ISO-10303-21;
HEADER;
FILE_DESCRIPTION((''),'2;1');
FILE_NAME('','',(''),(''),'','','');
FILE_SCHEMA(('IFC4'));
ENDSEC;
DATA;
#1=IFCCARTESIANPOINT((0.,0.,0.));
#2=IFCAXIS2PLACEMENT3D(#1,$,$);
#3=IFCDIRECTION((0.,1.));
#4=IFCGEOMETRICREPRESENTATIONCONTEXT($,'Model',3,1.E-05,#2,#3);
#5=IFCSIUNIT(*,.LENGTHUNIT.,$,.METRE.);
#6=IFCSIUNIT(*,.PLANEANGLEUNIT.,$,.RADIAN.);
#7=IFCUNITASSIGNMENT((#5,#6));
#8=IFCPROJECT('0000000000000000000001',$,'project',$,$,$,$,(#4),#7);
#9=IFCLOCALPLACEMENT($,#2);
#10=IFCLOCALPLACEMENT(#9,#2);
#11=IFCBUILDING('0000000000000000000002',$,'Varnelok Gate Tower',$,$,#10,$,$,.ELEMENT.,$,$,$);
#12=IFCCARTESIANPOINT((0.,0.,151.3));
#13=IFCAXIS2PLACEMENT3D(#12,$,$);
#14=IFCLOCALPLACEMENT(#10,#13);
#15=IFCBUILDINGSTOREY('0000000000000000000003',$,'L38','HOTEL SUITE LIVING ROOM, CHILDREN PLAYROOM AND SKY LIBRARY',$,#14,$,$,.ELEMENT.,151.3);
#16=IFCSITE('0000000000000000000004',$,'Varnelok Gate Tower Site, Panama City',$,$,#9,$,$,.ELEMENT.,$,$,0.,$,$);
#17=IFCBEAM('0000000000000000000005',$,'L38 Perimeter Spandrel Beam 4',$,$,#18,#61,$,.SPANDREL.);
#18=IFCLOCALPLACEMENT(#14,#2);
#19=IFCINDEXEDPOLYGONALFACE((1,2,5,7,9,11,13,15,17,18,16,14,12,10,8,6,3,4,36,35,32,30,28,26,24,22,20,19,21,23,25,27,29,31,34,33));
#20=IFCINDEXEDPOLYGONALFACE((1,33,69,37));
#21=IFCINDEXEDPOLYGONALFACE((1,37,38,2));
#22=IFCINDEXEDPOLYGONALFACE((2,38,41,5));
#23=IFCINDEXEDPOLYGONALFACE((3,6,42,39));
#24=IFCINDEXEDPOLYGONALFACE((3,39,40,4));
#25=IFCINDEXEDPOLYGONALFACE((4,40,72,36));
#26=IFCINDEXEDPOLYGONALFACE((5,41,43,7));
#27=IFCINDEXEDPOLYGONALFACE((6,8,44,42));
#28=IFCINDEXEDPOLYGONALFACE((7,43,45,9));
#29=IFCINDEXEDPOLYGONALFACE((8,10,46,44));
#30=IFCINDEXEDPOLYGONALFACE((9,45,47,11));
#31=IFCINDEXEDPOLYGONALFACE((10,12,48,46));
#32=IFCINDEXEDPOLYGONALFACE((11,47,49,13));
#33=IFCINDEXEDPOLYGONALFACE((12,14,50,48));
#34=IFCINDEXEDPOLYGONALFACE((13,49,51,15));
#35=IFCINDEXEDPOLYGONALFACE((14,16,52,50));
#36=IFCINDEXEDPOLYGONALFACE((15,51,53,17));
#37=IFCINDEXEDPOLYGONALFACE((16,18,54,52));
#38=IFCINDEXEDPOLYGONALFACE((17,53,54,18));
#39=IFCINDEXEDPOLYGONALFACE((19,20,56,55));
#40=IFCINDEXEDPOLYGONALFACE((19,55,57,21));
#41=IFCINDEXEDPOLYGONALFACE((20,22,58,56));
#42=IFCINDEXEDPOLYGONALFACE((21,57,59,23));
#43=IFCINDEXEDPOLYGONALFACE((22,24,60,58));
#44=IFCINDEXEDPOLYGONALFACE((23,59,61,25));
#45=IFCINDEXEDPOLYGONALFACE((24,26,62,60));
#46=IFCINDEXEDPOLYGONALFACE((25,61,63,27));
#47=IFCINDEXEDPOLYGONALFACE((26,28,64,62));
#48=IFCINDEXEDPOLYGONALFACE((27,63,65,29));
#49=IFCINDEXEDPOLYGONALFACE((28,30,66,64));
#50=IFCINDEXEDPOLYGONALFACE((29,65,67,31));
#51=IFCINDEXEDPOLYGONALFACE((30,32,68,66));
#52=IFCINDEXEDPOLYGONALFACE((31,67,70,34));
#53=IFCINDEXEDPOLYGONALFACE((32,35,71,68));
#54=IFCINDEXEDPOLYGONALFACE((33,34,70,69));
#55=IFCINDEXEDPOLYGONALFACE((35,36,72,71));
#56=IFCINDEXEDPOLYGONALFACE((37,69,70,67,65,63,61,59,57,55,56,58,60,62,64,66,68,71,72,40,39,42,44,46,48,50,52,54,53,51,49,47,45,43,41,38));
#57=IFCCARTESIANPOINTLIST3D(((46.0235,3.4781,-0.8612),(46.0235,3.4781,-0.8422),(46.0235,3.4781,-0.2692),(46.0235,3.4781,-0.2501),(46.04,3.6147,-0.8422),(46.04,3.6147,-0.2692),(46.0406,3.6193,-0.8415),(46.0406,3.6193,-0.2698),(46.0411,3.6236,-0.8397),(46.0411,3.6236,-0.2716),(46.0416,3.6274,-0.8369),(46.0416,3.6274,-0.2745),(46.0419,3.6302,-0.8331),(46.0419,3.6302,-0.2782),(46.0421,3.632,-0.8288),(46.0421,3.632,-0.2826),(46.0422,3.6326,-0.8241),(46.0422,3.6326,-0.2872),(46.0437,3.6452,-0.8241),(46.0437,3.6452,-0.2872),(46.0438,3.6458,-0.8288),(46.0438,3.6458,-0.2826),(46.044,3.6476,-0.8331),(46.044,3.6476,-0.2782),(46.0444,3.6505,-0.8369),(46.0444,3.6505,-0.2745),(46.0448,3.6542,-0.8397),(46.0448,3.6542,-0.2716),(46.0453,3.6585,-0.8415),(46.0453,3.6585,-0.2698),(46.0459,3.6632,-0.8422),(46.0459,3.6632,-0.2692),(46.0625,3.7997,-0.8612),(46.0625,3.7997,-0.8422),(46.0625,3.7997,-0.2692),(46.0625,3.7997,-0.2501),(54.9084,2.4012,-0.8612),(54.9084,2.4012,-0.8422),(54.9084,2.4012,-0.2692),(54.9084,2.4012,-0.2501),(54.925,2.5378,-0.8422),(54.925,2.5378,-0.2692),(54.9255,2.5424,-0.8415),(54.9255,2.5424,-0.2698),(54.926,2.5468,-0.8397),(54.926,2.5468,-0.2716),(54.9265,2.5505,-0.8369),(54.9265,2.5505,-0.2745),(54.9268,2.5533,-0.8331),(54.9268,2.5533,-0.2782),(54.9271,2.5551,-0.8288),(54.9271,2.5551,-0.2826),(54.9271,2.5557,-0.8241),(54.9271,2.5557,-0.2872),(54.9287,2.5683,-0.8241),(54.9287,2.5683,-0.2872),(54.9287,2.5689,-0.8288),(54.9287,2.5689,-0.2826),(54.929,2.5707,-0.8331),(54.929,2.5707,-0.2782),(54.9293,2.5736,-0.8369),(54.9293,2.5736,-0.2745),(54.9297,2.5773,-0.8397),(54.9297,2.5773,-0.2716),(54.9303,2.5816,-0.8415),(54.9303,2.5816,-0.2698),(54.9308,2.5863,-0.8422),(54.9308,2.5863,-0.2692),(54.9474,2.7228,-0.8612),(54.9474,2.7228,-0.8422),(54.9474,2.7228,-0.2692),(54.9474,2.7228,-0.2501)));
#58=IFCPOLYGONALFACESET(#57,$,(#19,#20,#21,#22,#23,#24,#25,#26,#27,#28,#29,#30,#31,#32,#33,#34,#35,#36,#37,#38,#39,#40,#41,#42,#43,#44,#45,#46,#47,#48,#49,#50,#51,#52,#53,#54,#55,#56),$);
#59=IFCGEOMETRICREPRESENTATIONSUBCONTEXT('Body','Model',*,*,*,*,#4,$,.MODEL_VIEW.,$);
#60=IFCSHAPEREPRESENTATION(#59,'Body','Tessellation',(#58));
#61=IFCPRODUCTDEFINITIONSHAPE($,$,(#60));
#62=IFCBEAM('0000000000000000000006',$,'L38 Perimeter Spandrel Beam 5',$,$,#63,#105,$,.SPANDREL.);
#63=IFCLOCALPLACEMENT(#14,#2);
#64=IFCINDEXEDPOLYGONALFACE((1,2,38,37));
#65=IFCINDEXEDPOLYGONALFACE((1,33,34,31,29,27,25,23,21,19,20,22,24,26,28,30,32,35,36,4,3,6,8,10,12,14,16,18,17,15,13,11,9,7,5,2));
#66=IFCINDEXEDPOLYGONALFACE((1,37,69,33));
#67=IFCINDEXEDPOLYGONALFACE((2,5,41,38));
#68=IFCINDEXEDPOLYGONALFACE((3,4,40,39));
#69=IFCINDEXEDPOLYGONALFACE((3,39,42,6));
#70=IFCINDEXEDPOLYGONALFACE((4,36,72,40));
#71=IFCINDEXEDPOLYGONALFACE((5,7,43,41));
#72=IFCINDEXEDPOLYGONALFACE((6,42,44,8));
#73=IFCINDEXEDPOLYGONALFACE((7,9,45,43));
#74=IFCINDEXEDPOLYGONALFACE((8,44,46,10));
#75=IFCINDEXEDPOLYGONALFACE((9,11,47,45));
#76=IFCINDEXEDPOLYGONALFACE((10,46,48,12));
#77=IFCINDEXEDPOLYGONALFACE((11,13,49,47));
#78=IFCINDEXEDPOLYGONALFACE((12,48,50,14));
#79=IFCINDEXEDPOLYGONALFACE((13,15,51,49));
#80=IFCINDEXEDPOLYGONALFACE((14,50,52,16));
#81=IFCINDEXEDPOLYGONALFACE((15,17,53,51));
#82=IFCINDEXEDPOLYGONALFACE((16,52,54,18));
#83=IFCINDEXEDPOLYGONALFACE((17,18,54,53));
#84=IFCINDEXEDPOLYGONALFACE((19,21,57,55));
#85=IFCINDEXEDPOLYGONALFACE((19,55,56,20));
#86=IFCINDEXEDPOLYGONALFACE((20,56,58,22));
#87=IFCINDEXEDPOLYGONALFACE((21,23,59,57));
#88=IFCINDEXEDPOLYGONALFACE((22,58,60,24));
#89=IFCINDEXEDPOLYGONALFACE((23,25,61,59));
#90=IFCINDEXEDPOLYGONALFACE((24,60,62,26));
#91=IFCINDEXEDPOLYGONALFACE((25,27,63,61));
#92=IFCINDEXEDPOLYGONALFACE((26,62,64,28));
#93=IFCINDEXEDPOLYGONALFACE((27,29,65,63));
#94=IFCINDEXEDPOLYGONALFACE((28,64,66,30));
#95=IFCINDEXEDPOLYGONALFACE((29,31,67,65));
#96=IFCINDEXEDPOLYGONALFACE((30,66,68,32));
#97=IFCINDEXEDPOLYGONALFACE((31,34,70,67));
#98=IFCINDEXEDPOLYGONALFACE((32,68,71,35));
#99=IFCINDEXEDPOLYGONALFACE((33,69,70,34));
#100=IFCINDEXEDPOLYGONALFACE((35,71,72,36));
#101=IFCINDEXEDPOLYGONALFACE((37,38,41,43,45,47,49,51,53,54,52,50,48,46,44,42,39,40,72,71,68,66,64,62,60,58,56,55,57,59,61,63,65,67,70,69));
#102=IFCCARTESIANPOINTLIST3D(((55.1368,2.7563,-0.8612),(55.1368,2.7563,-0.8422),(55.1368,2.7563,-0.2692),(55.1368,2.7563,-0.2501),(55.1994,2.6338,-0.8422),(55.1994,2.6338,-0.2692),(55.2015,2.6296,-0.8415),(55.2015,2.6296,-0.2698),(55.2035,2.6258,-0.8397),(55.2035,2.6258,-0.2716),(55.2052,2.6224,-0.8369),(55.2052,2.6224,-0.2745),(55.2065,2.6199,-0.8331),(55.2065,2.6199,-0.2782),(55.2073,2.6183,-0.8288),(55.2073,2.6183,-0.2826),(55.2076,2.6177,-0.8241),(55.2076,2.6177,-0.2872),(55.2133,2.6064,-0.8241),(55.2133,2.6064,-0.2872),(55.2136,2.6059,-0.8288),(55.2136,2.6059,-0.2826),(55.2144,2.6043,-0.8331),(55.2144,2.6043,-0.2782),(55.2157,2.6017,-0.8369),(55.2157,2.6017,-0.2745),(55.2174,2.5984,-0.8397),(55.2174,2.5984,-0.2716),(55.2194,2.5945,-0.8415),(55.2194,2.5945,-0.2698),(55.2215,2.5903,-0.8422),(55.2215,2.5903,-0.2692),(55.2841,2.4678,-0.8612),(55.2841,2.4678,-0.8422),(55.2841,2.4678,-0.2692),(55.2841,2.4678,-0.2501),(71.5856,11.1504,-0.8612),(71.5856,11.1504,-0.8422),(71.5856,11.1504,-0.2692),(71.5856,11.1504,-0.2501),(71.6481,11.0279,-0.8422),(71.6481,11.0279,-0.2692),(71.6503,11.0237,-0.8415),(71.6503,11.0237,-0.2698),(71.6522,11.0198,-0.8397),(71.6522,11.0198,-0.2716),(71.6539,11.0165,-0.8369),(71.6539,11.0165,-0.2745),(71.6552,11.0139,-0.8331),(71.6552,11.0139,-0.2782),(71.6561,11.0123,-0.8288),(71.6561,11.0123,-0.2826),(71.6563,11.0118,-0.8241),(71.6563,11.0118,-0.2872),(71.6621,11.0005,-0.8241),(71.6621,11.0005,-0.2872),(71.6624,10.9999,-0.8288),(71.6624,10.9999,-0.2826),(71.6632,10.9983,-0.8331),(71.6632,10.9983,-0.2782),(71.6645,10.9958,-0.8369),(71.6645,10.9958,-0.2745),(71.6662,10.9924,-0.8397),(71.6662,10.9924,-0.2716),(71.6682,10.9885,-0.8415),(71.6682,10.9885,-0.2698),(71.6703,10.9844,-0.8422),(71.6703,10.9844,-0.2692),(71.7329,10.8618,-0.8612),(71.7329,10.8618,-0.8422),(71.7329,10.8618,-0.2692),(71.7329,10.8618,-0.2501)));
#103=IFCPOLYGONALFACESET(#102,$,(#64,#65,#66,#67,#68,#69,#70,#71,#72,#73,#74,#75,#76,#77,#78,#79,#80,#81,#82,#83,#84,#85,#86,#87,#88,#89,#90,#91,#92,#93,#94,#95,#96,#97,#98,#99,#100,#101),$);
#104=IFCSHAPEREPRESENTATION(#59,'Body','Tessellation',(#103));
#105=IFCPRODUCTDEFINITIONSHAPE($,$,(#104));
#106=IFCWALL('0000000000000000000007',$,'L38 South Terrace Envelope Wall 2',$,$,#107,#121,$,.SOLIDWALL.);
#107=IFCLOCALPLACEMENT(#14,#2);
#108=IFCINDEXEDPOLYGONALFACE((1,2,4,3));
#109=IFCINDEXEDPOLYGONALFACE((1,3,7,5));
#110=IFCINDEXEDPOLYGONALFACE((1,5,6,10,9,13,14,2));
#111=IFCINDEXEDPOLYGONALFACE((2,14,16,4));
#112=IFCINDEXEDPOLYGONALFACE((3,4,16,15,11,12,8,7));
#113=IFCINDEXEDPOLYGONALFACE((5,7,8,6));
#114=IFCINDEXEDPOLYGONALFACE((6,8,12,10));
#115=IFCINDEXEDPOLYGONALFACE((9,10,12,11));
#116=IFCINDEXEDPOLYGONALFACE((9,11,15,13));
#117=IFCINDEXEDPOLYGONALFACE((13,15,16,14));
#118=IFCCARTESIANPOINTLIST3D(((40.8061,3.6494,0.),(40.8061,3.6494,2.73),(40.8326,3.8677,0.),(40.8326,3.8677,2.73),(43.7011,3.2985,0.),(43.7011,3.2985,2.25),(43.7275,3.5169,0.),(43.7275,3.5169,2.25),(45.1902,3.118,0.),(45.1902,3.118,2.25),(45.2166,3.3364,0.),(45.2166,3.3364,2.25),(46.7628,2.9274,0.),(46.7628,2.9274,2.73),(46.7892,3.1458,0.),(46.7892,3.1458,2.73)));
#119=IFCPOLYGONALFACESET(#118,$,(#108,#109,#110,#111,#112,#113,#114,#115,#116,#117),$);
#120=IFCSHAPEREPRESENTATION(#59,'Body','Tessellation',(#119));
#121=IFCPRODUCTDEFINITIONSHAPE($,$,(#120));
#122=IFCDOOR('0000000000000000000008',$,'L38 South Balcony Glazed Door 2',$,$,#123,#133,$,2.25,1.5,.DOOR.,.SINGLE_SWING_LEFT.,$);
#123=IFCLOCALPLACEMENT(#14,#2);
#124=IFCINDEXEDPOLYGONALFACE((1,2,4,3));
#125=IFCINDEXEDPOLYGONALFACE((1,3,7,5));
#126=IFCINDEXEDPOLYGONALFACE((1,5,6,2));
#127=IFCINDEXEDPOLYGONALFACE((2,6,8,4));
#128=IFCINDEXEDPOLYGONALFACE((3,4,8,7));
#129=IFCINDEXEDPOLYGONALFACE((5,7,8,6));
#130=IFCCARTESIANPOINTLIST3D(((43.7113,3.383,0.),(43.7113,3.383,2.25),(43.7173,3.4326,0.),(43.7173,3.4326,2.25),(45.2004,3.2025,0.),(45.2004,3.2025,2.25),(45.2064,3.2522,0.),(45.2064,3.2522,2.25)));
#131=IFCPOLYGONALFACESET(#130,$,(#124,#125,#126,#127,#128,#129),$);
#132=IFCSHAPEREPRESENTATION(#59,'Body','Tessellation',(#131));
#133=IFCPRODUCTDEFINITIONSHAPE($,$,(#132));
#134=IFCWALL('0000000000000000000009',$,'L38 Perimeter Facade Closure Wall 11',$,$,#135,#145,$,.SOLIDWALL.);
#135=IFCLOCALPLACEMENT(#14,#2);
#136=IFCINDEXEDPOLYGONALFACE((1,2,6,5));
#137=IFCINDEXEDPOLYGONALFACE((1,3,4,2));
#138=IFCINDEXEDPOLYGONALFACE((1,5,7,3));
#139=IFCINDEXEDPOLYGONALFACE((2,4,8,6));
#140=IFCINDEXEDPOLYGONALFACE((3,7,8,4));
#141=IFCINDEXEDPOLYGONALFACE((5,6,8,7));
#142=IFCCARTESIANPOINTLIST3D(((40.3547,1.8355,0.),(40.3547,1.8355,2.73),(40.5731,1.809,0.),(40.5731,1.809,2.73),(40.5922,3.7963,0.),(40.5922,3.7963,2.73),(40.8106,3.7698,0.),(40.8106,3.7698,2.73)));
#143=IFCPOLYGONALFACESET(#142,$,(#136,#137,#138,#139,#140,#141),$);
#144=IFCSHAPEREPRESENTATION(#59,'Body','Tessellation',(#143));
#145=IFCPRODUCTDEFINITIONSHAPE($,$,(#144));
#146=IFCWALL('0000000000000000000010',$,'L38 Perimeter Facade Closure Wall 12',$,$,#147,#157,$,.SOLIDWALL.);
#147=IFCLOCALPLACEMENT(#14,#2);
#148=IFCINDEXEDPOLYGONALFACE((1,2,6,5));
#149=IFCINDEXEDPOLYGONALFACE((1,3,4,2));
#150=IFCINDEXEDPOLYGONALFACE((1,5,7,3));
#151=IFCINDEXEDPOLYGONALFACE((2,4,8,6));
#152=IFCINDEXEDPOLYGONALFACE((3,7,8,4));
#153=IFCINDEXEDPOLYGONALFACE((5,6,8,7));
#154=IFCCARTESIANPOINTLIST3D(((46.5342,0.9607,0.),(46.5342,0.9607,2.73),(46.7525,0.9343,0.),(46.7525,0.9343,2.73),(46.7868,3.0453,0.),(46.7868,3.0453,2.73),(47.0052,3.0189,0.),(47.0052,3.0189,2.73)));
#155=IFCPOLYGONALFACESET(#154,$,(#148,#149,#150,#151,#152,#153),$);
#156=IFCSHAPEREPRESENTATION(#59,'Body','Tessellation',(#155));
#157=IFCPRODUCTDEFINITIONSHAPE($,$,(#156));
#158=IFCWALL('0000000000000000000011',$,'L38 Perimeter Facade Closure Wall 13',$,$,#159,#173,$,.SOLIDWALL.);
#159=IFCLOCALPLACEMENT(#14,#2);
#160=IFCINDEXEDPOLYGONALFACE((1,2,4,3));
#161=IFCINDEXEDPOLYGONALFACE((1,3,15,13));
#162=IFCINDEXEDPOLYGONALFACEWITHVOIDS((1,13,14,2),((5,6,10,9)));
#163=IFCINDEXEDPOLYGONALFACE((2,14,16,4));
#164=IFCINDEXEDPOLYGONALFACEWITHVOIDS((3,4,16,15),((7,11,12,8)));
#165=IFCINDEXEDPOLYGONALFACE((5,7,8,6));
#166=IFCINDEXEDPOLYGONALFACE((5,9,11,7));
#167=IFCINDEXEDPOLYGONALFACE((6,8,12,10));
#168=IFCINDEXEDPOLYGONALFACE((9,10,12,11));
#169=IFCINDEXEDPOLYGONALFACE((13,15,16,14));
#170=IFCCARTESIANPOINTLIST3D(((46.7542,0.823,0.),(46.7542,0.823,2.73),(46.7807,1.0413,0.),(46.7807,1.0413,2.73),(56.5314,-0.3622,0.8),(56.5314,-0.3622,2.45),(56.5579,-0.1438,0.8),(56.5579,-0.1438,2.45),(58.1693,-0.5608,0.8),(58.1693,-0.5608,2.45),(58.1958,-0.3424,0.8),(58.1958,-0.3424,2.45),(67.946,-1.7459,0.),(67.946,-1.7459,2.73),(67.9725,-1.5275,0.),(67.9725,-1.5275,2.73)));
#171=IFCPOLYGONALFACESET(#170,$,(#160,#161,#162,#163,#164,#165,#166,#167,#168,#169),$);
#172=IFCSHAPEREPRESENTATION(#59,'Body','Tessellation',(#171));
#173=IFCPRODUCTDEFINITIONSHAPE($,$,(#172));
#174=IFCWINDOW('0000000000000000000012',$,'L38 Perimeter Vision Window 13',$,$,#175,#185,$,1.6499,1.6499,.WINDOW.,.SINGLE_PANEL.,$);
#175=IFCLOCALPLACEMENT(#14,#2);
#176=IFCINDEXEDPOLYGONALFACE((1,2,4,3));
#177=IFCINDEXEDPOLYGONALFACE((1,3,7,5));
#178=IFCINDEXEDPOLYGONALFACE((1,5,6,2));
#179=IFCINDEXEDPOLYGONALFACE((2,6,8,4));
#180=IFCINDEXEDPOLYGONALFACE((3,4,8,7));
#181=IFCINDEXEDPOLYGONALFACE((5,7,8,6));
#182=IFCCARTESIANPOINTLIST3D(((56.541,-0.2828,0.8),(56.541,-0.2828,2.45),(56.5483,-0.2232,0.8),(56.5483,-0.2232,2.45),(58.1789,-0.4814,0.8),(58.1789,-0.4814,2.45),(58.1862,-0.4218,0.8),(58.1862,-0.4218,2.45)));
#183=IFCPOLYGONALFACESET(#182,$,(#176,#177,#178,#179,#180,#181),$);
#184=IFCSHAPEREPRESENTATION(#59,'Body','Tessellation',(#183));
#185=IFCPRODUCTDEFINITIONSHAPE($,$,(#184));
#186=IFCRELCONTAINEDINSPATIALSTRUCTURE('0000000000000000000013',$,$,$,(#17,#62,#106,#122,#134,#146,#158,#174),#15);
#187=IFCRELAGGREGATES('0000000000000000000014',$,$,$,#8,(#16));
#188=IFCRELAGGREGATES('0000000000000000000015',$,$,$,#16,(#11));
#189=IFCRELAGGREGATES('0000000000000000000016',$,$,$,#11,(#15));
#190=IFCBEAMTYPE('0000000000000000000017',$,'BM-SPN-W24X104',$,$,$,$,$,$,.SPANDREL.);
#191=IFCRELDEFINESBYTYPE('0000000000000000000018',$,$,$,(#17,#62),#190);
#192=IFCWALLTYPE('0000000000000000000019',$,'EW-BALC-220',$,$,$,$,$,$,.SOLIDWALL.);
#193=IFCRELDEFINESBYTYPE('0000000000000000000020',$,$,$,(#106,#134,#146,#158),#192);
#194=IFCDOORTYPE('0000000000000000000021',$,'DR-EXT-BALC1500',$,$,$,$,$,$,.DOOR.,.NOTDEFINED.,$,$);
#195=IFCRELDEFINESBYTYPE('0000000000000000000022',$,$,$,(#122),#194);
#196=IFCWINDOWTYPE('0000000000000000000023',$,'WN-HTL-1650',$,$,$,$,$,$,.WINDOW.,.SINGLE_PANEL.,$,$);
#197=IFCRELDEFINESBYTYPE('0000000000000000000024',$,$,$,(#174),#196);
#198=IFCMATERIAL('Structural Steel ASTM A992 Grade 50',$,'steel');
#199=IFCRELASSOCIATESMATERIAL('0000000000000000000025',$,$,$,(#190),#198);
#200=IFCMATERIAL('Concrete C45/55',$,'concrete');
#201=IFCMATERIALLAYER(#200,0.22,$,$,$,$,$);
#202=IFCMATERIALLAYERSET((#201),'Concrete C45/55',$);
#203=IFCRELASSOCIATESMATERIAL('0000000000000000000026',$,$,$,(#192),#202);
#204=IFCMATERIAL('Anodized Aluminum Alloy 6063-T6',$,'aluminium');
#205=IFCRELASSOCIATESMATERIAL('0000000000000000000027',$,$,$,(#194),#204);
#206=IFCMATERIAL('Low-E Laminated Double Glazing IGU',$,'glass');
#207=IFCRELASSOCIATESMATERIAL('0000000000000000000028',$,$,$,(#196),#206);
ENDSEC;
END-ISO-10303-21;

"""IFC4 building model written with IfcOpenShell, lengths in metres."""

from ifc_helpers import new_model, si_unit, direction, frame, frame_2d, origin, origin_2d, place, context, subcontext, project, spatial, rectangle, i_section, extrude, material, layer, layer_set, material_profile, profile_set, type_object, element, fill, save


model = new_model("IFC4")

# Units and contexts
model_context = context("Model", 3, precision=1e-05, world=origin(), true_north=direction((0.0, 1.0)))
body_context = subcontext(model_context, "Body", "Model", "MODEL_VIEW")
ifc_project = project(units=[si_unit("LENGTHUNIT", "METRE"), si_unit("PLANEANGLEUNIT", "RADIAN")], contexts=[model_context])

# Site, building, storey
site_placement = place(None, origin())
site = spatial("IfcSite", under=ifc_project, at=site_placement, Name="Varnelok Gate Tower Site, Panama City", CompositionType="ELEMENT", RefElevation=0.0)
building_placement = place(site_placement, origin())
building = spatial("IfcBuilding", under=site, at=building_placement, Name="Varnelok Gate Tower", CompositionType="ELEMENT")
storey_placement = place(building_placement, frame((0.0, 0.0, 151.3)))
storey = spatial("IfcBuildingStorey", under=building, at=storey_placement, Name="L38", Description="HOTEL SUITE LIVING ROOM, CHILDREN PLAYROOM AND SKY LIBRARY", CompositionType="ELEMENT", Elevation=151.3)

# Shared definitions
ifc_material_1 = material(Name="Structural Steel ASTM A992 Grade 50", Category="steel")

# Beams
ifc_material_profile_1 = material_profile(ifc_material_1, i_section(OverallWidth=0.324, OverallDepth=0.6111, WebThickness=0.0127, FlangeThickness=0.019, FilletRadius=0.0181, at=origin_2d()), Name="W24X104")
ifc_profile_set_1 = profile_set([ifc_material_profile_1], Name="Structural Steel ASTM A992 Grade 50")
beam_type_1 = type_object("IfcBeamType", Name="BM-SPN-W24X104", PredefinedType="SPANDREL", material=ifc_profile_set_1)
beam_1_placement = place(storey_placement, frame((46.043, 3.6389, -0.5557), z_axis=(0.992735, -0.120324, 0.0), x_axis=(0.120324, 0.992735, 0.0)))
element("IfcBeam", 1, at=beam_1_placement, inside=storey, type_object=beam_type_1, Name="L38 Perimeter Spandrel Beam 4", PredefinedType="SPANDREL", context=body_context, shape_type="SweptSolid", body=[
    extrude(i_section(OverallWidth=0.324, OverallDepth=0.6111, WebThickness=0.0127, FlangeThickness=0.019, FilletRadius=0.0181, at=origin_2d()), origin(), (0.0, 0.0, 1.0), 8.95),
])
beam_2_placement = place(storey_placement, frame((55.2104, 2.6121, -0.5557), z_axis=(0.890722, 0.454549, 0.0), x_axis=(-0.454549, 0.890722, 0.0)))
element("IfcBeam", 2, at=beam_2_placement, inside=storey, type_object=beam_type_1, Name="L38 Perimeter Spandrel Beam 5", PredefinedType="SPANDREL", context=body_context, shape_type="SweptSolid", body=[
    extrude(i_section(OverallWidth=0.324, OverallDepth=0.6111, WebThickness=0.0127, FlangeThickness=0.019, FilletRadius=0.0181, at=origin_2d()), origin(), (0.0, 0.0, 1.0), 18.4668),
])

# Wall, opening, door
ifc_material_2 = material(Name="Concrete C45/55", Category="concrete")
ifc_layer_1 = layer(ifc_material_2, 0.22)
ifc_layer_set_1 = layer_set([ifc_layer_1], Name="Concrete C45/55")
wall_type_1 = type_object("IfcWallType", Name="EW-BALC-220", PredefinedType="SOLIDWALL", material=ifc_layer_set_1)
wall_1_placement = place(storey_placement, frame((46.7759, 3.0366, 0.0), z_axis=(0.0, 0.0, 1.0), x_axis=(-0.992735, 0.120318, 0.0)))
wall_1 = element("IfcWall", 3, at=wall_1_placement, inside=storey, type_object=wall_type_1, Name="L38 South Terrace Envelope Wall 2", PredefinedType="SOLIDWALL", context=body_context, shape_type="SweptSolid", body=[
    extrude(rectangle(XDim=6.0002, YDim=0.22, at=frame_2d((3.0, 0.0))), origin(), (0.0, 0.0, 1.0), 2.73),
])
opening_1_placement = place(wall_1_placement, frame((1.584, 0.0, 0.0)))
opening_1 = element("IfcOpeningElement", 4, at=opening_1_placement, cuts=wall_1, PredefinedType="OPENING", context=body_context, shape_type="SweptSolid", body=[
    extrude(rectangle(XDim=1.5, YDim=2.25, at=frame_2d((0.75, 1.125))), frame((0.0, 0.1199, 0.0), z_axis=(0.0, -1.0, 0.0), x_axis=(1.0, 0.0, 0.0)), (0.0, 0.0, 1.0), 0.24),
])
ifc_material_3 = material(Name="Anodized Aluminum Alloy 6063-T6", Category="aluminium")
door_type_1 = type_object("IfcDoorType", Name="DR-EXT-BALC1500", OperationType="NOTDEFINED", PredefinedType="DOOR", material=ifc_material_3)
door_1_placement = place(opening_1_placement, origin())
door_1 = element("IfcDoor", 5, at=door_1_placement, inside=storey, type_object=door_type_1, Name="L38 South Balcony Glazed Door 2", OperationType="SINGLE_SWING_LEFT", OverallHeight=2.25, OverallWidth=1.5, PredefinedType="DOOR", context=body_context, shape_type="SweptSolid", body=[
    extrude(rectangle(XDim=1.5, YDim=2.25, at=frame_2d((0.75, 1.125))), frame((0.0, 0.0249, 0.0), z_axis=(0.0, -1.0, 0.0), x_axis=(1.0, 0.0, 0.0)), (0.0, 0.0, 1.0), 0.05),
])
fill(opening_1, door_1)

# Walls
wall_2_placement = place(storey_placement, frame((40.4639, 1.8223, 0.0), z_axis=(0.0, 0.0, 1.0), x_axis=(0.120276, 0.99274, 0.0)))
element("IfcWall", 6, at=wall_2_placement, inside=storey, type_object=wall_type_1, Name="L38 Perimeter Facade Closure Wall 11", PredefinedType="SOLIDWALL", context=body_context, shape_type="SweptSolid", body=[
    extrude(rectangle(XDim=1.9751, YDim=0.22, at=frame_2d((0.9875, 0.0))), origin(), (0.0, 0.0, 1.0), 2.73),
])
wall_3_placement = place(storey_placement, frame((46.896, 3.032, 0.0), z_axis=(0.0, 0.0, 1.0), x_axis=(-0.120328, -0.992734, 0.0)))
element("IfcWall", 7, at=wall_3_placement, inside=storey, type_object=wall_type_1, Name="L38 Perimeter Facade Closure Wall 12", PredefinedType="SOLIDWALL", context=body_context, shape_type="SweptSolid", body=[
    extrude(rectangle(XDim=2.0999, YDim=0.22, at=frame_2d((1.0498, 0.0))), origin(), (0.0, 0.0, 1.0), 2.73),
])

# Wall, opening, window
wall_4_placement = place(storey_placement, frame((46.7676, 0.9321, 0.0), z_axis=(0.0, 0.0, 1.0), x_axis=(0.992733, -0.120338, 0.0)))
wall_4 = element("IfcWall", 8, at=wall_4_placement, inside=storey, type_object=wall_type_1, Name="L38 Perimeter Facade Closure Wall 13", PredefinedType="SOLIDWALL", context=body_context, shape_type="SweptSolid", body=[
    extrude(rectangle(XDim=21.3469, YDim=0.22, at=frame_2d((10.6733, 0.0))), origin(), (0.0, 0.0, 1.0), 2.73),
])
opening_2_placement = place(wall_4_placement, frame((9.8486, 0.0, 0.8)))
opening_2 = element("IfcOpeningElement", 9, at=opening_2_placement, cuts=wall_4, PredefinedType="OPENING", context=body_context, shape_type="SweptSolid", body=[
    extrude(rectangle(XDim=1.6499, YDim=1.6499, at=frame_2d((0.825, 0.825))), frame((0.0, 0.1199, 0.0), z_axis=(0.0, -1.0, 0.0), x_axis=(1.0, 0.0, 0.0)), (0.0, 0.0, 1.0), 0.24),
])
ifc_material_4 = material(Name="Low-E Laminated Double Glazing IGU", Category="glass")
window_type = type_object("IfcWindowType", Name="WN-HTL-1650", PartitioningType="SINGLE_PANEL", PredefinedType="WINDOW", material=ifc_material_4)
window_placement = place(opening_2_placement, origin())
window = element("IfcWindow", 10, at=window_placement, inside=storey, type_object=window_type, Name="L38 Perimeter Vision Window 13", OverallHeight=1.6499, OverallWidth=1.6499, PartitioningType="SINGLE_PANEL", PredefinedType="WINDOW", context=body_context, shape_type="SweptSolid", body=[
    extrude(rectangle(XDim=1.6499, YDim=1.6499, at=frame_2d((0.825, 0.825))), frame((0.0, 0.03, 0.0), z_axis=(0.0, -1.0, 0.0), x_axis=(1.0, 0.0, 0.0)), (0.0, 0.0, 1.0), 0.0601),
])
fill(opening_2, window)

save(model, "model.ifc")
